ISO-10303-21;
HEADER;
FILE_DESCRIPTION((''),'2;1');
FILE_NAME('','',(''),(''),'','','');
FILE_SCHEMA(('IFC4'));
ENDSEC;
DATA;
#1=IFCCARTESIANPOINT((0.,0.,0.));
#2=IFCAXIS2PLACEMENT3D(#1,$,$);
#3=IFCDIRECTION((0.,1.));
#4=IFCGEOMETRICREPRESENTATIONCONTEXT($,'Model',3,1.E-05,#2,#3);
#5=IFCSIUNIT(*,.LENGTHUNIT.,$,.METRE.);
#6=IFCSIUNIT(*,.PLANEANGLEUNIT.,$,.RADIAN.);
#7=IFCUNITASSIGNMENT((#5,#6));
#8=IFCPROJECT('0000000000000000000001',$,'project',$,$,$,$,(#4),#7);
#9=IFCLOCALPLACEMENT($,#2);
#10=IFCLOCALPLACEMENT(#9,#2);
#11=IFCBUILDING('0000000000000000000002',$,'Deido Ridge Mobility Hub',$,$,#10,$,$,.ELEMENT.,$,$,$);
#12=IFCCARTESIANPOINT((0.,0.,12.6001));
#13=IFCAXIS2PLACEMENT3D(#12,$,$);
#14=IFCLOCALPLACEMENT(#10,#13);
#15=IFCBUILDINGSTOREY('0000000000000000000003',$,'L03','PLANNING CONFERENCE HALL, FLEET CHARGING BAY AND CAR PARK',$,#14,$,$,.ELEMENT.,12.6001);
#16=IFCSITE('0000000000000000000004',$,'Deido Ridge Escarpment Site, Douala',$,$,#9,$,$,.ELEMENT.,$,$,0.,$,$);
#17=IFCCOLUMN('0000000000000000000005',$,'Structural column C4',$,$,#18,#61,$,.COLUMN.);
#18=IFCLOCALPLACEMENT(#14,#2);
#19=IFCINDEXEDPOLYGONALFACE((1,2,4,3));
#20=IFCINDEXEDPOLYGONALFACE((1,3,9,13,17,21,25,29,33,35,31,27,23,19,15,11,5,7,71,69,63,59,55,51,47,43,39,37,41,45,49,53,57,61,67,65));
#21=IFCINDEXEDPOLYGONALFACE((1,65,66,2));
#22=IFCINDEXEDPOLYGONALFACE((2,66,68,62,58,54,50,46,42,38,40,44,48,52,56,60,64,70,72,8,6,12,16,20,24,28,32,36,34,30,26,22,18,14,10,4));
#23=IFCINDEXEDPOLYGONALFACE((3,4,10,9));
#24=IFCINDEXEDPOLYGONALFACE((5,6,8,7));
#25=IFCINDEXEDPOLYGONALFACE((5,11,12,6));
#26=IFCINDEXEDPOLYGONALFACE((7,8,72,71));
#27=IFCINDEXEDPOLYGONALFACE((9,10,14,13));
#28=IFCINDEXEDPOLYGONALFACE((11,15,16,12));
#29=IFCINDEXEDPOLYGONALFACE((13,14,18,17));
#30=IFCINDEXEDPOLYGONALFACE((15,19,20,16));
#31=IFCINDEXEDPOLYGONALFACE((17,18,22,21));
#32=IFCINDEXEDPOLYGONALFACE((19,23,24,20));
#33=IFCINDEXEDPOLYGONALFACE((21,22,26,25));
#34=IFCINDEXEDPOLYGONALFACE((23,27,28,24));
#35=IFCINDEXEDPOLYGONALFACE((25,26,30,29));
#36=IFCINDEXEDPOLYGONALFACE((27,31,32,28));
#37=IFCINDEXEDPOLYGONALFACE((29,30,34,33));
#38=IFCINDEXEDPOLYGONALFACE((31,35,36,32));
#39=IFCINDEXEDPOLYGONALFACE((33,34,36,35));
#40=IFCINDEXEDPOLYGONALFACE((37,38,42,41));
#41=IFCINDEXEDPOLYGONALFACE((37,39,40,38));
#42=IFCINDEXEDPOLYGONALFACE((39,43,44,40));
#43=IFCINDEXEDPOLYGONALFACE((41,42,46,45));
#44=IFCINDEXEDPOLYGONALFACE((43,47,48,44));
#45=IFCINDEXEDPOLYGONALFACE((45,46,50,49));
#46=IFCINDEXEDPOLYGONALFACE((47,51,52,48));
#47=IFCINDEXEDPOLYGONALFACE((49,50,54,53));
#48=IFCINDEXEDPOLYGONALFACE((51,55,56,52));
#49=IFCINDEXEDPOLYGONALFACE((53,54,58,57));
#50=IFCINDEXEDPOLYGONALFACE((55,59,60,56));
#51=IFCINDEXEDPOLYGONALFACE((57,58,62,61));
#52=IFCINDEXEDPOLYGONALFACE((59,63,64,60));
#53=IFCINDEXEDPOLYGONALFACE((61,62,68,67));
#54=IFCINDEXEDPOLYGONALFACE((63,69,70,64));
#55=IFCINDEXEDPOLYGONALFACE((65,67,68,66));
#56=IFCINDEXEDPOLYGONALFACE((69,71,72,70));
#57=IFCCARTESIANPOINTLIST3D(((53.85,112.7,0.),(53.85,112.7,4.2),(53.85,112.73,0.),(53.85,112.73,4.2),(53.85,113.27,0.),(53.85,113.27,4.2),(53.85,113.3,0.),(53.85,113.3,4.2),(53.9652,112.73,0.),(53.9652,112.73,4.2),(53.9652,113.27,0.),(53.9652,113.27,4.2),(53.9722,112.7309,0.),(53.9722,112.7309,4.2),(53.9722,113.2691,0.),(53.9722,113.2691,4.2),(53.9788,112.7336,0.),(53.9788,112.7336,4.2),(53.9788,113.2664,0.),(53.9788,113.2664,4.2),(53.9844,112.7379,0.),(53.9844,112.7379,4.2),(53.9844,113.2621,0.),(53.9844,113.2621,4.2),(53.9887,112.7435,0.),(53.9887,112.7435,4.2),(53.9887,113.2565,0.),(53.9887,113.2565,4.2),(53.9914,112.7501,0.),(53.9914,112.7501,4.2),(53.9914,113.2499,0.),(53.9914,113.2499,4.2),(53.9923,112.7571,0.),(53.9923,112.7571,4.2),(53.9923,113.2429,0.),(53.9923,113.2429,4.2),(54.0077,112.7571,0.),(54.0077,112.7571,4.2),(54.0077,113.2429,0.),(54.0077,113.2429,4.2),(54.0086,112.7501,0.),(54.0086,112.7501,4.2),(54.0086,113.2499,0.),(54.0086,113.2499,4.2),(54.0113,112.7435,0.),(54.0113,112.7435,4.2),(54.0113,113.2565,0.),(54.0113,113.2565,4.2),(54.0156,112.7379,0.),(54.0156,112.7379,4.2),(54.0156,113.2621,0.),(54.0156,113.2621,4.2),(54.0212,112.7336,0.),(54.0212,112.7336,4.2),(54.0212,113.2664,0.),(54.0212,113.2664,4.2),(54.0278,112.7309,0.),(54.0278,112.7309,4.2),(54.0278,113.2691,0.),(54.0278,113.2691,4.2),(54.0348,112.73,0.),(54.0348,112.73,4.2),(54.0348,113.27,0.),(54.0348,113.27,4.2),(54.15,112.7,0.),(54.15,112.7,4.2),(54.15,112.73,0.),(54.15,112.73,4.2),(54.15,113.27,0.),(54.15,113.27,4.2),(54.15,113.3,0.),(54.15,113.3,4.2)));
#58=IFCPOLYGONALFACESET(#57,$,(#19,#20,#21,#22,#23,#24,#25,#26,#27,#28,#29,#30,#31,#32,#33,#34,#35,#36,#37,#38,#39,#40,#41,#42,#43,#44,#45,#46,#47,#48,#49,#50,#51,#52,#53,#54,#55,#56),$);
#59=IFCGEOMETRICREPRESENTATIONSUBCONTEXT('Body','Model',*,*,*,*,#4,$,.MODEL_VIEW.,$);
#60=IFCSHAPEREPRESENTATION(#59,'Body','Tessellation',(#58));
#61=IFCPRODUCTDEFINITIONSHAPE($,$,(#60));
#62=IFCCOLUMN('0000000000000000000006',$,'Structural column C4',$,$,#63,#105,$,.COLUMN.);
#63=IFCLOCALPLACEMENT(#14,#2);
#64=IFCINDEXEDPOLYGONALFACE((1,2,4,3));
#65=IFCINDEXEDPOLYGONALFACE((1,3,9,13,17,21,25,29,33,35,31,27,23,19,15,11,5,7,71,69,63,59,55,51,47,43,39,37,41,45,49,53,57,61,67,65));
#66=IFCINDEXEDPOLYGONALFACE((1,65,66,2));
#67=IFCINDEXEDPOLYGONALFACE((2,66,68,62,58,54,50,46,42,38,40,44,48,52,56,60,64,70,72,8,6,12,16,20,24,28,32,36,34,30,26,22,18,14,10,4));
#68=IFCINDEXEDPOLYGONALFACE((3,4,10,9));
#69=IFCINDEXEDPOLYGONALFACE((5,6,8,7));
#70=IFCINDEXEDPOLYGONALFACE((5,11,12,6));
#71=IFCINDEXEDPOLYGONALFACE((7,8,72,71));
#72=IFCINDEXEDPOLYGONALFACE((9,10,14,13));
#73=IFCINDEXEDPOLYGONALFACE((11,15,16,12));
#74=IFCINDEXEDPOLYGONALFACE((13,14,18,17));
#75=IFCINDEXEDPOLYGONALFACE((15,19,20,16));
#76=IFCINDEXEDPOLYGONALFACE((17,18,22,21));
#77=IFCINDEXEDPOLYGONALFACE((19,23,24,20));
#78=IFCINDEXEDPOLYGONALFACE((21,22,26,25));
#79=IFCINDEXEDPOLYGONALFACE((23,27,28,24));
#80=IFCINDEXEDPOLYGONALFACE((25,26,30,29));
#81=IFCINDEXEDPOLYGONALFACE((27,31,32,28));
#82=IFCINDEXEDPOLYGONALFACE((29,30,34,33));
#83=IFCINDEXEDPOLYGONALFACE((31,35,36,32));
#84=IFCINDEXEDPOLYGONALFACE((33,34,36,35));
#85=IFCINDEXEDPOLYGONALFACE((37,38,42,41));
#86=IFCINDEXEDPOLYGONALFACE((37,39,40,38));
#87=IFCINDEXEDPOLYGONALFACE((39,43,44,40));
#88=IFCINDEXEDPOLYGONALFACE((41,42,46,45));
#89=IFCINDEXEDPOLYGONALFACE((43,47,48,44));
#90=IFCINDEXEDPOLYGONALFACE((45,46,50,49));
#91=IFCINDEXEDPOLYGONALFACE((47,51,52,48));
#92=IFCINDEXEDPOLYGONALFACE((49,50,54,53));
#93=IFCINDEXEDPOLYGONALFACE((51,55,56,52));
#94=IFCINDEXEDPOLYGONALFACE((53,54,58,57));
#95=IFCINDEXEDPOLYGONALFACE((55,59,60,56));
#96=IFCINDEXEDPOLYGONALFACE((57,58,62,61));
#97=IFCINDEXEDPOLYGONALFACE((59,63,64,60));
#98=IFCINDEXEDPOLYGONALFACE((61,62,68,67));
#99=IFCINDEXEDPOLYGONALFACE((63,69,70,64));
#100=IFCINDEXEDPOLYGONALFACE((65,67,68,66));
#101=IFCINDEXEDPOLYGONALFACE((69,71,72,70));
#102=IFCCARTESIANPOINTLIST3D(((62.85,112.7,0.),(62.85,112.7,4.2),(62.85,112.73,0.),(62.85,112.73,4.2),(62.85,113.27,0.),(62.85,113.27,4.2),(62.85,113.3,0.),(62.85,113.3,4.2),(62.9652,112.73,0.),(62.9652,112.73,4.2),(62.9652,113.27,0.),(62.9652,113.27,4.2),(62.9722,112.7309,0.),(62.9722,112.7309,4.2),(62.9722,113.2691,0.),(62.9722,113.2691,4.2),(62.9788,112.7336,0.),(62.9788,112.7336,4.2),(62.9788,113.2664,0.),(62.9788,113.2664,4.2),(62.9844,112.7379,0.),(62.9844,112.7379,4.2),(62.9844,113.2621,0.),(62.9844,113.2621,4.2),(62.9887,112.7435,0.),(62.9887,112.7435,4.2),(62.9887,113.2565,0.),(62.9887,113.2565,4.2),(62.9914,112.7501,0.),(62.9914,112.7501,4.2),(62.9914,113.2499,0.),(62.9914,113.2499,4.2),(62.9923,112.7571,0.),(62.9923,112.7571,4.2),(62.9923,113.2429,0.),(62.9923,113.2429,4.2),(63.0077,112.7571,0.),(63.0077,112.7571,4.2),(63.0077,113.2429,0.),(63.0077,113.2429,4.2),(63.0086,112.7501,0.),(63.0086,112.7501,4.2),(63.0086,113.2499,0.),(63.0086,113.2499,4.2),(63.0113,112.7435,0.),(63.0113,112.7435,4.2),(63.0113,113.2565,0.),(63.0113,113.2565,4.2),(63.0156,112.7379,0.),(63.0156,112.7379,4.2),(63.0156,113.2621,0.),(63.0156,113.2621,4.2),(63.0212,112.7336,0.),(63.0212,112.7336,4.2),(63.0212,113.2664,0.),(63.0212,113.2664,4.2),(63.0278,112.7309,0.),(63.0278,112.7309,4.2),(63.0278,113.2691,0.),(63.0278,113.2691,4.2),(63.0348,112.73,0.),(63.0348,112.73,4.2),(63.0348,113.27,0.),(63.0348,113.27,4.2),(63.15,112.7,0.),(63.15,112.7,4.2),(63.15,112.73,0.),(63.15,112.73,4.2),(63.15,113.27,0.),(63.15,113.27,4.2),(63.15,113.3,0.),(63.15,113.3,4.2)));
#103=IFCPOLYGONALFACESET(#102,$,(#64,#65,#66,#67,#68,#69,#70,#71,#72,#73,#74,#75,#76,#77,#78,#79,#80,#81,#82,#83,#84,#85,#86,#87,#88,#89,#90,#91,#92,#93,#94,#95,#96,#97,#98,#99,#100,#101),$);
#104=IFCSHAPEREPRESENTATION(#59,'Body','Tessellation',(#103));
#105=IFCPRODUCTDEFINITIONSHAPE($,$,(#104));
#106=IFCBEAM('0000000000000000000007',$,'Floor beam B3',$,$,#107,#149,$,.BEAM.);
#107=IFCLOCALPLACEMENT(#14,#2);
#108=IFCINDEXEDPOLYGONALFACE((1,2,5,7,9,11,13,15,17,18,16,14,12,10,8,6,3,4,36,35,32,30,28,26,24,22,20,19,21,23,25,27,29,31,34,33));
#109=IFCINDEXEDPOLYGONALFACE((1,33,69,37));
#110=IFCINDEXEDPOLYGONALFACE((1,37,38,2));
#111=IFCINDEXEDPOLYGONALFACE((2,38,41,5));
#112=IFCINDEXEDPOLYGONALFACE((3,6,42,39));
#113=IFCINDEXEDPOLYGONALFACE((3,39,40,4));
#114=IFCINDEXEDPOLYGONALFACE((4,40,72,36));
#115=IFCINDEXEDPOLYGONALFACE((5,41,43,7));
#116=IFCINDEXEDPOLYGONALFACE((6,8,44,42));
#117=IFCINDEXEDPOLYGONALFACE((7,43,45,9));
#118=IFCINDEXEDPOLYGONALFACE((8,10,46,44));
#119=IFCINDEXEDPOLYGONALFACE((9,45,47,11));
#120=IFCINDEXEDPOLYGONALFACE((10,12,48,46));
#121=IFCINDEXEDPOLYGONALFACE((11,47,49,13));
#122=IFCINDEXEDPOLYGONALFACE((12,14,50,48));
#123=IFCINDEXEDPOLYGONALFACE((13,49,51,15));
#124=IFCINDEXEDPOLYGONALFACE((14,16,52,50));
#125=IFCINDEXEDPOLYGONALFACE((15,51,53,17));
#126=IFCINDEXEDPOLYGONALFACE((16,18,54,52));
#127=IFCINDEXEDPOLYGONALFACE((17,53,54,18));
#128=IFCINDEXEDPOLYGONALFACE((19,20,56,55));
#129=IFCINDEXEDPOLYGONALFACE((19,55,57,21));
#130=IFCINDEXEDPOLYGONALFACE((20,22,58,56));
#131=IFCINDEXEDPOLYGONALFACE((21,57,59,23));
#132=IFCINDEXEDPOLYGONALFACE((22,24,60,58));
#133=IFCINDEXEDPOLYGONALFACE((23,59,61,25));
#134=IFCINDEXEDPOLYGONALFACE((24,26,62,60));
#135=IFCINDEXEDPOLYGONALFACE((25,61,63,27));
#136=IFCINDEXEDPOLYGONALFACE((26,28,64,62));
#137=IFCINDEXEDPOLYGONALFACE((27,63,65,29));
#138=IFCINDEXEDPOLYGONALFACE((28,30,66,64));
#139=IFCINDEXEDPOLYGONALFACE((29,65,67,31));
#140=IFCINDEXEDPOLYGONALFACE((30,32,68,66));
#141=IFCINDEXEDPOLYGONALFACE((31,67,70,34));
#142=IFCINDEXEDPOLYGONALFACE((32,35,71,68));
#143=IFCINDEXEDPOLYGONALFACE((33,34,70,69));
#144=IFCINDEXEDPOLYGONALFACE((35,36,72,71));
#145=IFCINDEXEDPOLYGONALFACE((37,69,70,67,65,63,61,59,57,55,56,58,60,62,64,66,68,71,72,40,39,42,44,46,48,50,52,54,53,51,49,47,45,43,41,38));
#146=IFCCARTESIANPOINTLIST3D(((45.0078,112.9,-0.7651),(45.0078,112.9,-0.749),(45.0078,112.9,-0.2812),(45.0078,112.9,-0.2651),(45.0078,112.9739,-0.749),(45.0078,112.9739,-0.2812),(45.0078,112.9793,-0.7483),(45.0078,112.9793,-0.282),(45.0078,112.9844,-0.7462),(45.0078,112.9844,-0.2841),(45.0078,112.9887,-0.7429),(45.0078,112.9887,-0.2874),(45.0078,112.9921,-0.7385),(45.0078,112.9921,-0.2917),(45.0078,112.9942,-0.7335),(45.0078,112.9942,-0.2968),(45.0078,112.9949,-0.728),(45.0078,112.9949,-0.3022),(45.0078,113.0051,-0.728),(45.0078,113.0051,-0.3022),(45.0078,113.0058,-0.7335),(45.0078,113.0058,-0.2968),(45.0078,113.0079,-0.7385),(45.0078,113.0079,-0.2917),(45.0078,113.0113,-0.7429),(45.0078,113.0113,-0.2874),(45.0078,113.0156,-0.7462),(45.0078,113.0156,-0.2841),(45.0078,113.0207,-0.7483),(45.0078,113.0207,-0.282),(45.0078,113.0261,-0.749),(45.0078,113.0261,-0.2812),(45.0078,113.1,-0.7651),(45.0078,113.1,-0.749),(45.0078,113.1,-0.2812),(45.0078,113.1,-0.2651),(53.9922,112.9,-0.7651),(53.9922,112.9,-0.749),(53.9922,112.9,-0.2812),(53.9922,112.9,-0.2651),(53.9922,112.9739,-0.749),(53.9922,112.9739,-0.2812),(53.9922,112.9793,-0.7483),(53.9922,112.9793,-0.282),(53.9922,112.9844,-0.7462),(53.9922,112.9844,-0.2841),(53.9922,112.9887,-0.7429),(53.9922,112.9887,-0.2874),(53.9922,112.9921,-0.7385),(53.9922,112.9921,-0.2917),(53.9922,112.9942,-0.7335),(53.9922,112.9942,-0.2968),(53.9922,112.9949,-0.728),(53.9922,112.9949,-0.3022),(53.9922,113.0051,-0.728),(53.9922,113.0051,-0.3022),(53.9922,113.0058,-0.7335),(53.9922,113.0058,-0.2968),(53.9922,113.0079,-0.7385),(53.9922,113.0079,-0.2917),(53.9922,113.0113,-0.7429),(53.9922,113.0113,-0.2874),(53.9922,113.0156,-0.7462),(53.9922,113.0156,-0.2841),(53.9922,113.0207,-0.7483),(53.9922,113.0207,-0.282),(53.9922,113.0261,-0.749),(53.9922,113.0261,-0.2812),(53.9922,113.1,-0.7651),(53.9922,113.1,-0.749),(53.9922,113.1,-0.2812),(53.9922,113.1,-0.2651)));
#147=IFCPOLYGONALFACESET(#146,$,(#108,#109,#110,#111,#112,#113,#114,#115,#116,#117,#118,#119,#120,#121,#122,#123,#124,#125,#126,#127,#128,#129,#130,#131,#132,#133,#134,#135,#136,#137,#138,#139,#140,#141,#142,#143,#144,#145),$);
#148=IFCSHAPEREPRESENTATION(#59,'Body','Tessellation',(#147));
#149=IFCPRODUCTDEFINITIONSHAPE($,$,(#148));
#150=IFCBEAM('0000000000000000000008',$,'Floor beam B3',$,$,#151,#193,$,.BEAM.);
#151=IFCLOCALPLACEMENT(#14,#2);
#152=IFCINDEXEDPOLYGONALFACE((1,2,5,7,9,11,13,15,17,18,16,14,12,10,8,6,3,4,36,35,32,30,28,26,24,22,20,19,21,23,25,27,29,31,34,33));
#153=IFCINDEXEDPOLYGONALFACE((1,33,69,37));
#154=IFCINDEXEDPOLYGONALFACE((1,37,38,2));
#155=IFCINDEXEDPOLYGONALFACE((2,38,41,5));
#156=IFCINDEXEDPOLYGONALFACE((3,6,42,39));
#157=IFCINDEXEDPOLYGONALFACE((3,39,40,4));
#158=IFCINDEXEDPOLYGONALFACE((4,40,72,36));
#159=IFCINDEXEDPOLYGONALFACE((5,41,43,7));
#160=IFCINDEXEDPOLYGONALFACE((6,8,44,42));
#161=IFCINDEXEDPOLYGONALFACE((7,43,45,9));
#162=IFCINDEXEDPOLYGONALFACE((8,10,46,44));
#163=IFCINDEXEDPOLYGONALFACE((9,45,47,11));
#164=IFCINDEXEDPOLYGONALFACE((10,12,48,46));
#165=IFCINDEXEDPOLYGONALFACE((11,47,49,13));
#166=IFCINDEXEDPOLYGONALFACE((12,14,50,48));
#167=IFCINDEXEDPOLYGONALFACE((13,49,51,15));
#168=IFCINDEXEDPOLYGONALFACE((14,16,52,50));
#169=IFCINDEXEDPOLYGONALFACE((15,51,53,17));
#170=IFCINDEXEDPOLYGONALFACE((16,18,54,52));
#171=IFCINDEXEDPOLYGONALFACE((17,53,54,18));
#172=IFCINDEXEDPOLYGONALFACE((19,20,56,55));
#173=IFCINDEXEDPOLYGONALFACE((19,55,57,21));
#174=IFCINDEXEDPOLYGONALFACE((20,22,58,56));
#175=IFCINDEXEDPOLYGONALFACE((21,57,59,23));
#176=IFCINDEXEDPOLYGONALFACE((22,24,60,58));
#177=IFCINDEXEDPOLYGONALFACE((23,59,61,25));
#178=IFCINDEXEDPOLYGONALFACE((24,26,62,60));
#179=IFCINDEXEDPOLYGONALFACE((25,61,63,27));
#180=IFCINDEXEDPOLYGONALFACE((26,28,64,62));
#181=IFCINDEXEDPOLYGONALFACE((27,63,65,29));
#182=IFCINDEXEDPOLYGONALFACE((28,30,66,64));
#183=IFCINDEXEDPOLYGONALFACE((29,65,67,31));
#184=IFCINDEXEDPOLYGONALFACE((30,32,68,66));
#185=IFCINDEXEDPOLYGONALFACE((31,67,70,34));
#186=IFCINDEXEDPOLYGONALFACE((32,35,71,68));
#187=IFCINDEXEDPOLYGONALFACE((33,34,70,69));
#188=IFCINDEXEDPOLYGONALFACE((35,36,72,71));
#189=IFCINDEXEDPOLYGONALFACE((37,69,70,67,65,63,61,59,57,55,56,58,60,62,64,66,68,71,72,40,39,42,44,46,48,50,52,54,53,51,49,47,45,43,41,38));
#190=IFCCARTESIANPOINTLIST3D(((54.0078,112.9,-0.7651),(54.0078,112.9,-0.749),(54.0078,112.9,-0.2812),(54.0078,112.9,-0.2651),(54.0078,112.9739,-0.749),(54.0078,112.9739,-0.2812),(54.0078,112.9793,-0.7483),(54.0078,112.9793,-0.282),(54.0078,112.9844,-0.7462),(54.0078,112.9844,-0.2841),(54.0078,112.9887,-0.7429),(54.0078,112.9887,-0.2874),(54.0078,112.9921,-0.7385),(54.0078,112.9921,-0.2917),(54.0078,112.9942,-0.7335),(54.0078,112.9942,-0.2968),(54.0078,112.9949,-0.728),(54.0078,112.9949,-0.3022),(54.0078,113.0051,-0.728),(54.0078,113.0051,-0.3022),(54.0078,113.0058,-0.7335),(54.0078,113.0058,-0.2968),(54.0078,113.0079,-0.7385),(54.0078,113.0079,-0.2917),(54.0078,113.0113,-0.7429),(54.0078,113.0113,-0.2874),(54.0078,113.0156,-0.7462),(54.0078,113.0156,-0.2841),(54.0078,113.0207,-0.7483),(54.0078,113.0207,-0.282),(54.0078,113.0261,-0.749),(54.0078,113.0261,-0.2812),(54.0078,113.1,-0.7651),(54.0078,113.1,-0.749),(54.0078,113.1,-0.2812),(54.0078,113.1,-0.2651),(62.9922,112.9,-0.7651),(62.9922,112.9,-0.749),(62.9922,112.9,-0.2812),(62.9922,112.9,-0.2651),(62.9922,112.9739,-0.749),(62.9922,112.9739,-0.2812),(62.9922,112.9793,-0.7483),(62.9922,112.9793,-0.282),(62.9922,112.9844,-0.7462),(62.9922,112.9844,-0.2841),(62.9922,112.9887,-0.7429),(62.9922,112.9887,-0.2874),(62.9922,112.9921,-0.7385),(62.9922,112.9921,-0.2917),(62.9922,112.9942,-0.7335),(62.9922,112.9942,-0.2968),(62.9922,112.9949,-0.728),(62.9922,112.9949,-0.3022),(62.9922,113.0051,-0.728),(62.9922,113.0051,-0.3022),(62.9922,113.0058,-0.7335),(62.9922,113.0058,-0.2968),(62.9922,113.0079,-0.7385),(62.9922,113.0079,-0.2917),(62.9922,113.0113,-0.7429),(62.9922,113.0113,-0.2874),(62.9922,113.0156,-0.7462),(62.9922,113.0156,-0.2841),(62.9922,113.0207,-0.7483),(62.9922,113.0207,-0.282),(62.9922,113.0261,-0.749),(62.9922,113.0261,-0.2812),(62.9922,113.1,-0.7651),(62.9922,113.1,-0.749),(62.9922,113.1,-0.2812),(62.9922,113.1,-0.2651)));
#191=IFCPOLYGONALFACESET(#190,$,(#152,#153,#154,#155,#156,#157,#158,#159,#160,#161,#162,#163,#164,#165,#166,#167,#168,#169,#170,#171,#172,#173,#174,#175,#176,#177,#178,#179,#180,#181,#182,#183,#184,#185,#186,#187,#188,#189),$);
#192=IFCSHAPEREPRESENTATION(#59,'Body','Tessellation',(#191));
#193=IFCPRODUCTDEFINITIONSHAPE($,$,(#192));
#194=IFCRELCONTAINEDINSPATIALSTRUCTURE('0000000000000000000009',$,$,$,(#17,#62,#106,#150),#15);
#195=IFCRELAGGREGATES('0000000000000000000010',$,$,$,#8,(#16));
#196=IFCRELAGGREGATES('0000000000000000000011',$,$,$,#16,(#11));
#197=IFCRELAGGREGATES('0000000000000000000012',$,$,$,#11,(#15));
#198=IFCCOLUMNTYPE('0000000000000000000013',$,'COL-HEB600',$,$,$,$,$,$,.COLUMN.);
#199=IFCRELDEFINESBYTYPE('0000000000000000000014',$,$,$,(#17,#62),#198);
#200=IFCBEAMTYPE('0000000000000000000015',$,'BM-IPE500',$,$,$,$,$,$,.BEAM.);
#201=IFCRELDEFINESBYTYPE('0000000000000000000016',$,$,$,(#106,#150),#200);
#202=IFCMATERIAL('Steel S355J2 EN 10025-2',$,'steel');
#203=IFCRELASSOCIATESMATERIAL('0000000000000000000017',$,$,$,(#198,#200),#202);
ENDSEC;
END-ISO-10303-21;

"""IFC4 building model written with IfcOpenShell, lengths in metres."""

from ifc_helpers import new_model, si_unit, direction, frame, origin, origin_2d, place, context, subcontext, project, spatial, i_section, extrude, material, material_profile, profile_set, type_object, element, save


model = new_model("IFC4")

# Units and contexts
model_context = context("Model", 3, precision=1e-05, world=origin(), true_north=direction((0.0, 1.0)))
body_context = subcontext(model_context, "Body", "Model", "MODEL_VIEW")
ifc_project = project(units=[si_unit("LENGTHUNIT", "METRE"), si_unit("PLANEANGLEUNIT", "RADIAN")], contexts=[model_context])

# Site, building, storey
site_placement = place(None, origin())
site = spatial("IfcSite", under=ifc_project, at=site_placement, Name="Deido Ridge Escarpment Site, Douala", CompositionType="ELEMENT", RefElevation=0.0)
building_placement = place(site_placement, origin())
building = spatial("IfcBuilding", under=site, at=building_placement, Name="Deido Ridge Mobility Hub", CompositionType="ELEMENT")
storey_placement = place(building_placement, frame((0.0, 0.0, 12.6001)))
storey = spatial("IfcBuildingStorey", under=building, at=storey_placement, Name="L03", Description="PLANNING CONFERENCE HALL, FLEET CHARGING BAY AND CAR PARK", CompositionType="ELEMENT", Elevation=12.6001)

# Columns
ifc_material_1 = material(Name="Steel S355J2 EN 10025-2", Category="steel")
ifc_material_profile_1 = material_profile(ifc_material_1, i_section(OverallWidth=0.3, OverallDepth=0.6001, WebThickness=0.0154, FlangeThickness=0.03, FilletRadius=0.0271, at=origin_2d()), Name="HEB 600")
ifc_profile_set_1 = profile_set([ifc_material_profile_1], Name="Steel S355J2 EN 10025-2")
column_type_1 = type_object("IfcColumnType", Name="COL-HEB600", PredefinedType="COLUMN", material=ifc_profile_set_1)
for number, where, z_axis, x_axis, name in (
    (1, (54.0, 113.0, 0.0), (0.0, 0.0, 1.0), (1.0, 0.0, 0.0), "Structural column C4"),
    (2, (63.0, 113.0, 0.0), (0.0, 0.0, 1.0), (1.0, 0.0, 0.0), "Structural column C4"),
):
    element("IfcColumn", number, at=place(storey_placement, frame(where, z_axis=z_axis, x_axis=x_axis)), inside=storey, type_object=column_type_1, Name=name, PredefinedType="COLUMN", context=body_context, shape_type="SweptSolid", body=[
        extrude(i_section(OverallWidth=0.3, OverallDepth=0.6001, WebThickness=0.0154, FlangeThickness=0.03, FilletRadius=0.0271, at=origin_2d()), origin(), (0.0, 0.0, 1.0), 4.2),
    ])

# Beams
ifc_material_profile_2 = material_profile(ifc_material_1, i_section(OverallWidth=0.2, OverallDepth=0.5, WebThickness=0.0103, FlangeThickness=0.0161, FilletRadius=0.021, at=origin_2d()), Name="IPE 500")
ifc_profile_set_2 = profile_set([ifc_material_profile_2], Name="Steel S355J2 EN 10025-2")
beam_type_1 = type_object("IfcBeamType", Name="BM-IPE500", PredefinedType="BEAM", material=ifc_profile_set_2)
for number, where, z_axis, x_axis, name in (
    (3, (45.0078, 113.0, -0.5151), (1.0, 0.0, 0.0), (0.0, 1.0, 0.0), "Floor beam B3"),
    (4, (54.0078, 113.0, -0.5151), (1.0, 0.0, 0.0), (0.0, 1.0, 0.0), "Floor beam B3"),
):
    element("IfcBeam", number, at=place(storey_placement, frame(where, z_axis=z_axis, x_axis=x_axis)), inside=storey, type_object=beam_type_1, Name=name, PredefinedType="BEAM", context=body_context, shape_type="SweptSolid", body=[
        extrude(i_section(OverallWidth=0.2, OverallDepth=0.5, WebThickness=0.0103, FlangeThickness=0.0161, FilletRadius=0.021, at=origin_2d()), origin(), (0.0, 0.0, 1.0), 8.9844),
    ])

save(model, "model.ifc")
